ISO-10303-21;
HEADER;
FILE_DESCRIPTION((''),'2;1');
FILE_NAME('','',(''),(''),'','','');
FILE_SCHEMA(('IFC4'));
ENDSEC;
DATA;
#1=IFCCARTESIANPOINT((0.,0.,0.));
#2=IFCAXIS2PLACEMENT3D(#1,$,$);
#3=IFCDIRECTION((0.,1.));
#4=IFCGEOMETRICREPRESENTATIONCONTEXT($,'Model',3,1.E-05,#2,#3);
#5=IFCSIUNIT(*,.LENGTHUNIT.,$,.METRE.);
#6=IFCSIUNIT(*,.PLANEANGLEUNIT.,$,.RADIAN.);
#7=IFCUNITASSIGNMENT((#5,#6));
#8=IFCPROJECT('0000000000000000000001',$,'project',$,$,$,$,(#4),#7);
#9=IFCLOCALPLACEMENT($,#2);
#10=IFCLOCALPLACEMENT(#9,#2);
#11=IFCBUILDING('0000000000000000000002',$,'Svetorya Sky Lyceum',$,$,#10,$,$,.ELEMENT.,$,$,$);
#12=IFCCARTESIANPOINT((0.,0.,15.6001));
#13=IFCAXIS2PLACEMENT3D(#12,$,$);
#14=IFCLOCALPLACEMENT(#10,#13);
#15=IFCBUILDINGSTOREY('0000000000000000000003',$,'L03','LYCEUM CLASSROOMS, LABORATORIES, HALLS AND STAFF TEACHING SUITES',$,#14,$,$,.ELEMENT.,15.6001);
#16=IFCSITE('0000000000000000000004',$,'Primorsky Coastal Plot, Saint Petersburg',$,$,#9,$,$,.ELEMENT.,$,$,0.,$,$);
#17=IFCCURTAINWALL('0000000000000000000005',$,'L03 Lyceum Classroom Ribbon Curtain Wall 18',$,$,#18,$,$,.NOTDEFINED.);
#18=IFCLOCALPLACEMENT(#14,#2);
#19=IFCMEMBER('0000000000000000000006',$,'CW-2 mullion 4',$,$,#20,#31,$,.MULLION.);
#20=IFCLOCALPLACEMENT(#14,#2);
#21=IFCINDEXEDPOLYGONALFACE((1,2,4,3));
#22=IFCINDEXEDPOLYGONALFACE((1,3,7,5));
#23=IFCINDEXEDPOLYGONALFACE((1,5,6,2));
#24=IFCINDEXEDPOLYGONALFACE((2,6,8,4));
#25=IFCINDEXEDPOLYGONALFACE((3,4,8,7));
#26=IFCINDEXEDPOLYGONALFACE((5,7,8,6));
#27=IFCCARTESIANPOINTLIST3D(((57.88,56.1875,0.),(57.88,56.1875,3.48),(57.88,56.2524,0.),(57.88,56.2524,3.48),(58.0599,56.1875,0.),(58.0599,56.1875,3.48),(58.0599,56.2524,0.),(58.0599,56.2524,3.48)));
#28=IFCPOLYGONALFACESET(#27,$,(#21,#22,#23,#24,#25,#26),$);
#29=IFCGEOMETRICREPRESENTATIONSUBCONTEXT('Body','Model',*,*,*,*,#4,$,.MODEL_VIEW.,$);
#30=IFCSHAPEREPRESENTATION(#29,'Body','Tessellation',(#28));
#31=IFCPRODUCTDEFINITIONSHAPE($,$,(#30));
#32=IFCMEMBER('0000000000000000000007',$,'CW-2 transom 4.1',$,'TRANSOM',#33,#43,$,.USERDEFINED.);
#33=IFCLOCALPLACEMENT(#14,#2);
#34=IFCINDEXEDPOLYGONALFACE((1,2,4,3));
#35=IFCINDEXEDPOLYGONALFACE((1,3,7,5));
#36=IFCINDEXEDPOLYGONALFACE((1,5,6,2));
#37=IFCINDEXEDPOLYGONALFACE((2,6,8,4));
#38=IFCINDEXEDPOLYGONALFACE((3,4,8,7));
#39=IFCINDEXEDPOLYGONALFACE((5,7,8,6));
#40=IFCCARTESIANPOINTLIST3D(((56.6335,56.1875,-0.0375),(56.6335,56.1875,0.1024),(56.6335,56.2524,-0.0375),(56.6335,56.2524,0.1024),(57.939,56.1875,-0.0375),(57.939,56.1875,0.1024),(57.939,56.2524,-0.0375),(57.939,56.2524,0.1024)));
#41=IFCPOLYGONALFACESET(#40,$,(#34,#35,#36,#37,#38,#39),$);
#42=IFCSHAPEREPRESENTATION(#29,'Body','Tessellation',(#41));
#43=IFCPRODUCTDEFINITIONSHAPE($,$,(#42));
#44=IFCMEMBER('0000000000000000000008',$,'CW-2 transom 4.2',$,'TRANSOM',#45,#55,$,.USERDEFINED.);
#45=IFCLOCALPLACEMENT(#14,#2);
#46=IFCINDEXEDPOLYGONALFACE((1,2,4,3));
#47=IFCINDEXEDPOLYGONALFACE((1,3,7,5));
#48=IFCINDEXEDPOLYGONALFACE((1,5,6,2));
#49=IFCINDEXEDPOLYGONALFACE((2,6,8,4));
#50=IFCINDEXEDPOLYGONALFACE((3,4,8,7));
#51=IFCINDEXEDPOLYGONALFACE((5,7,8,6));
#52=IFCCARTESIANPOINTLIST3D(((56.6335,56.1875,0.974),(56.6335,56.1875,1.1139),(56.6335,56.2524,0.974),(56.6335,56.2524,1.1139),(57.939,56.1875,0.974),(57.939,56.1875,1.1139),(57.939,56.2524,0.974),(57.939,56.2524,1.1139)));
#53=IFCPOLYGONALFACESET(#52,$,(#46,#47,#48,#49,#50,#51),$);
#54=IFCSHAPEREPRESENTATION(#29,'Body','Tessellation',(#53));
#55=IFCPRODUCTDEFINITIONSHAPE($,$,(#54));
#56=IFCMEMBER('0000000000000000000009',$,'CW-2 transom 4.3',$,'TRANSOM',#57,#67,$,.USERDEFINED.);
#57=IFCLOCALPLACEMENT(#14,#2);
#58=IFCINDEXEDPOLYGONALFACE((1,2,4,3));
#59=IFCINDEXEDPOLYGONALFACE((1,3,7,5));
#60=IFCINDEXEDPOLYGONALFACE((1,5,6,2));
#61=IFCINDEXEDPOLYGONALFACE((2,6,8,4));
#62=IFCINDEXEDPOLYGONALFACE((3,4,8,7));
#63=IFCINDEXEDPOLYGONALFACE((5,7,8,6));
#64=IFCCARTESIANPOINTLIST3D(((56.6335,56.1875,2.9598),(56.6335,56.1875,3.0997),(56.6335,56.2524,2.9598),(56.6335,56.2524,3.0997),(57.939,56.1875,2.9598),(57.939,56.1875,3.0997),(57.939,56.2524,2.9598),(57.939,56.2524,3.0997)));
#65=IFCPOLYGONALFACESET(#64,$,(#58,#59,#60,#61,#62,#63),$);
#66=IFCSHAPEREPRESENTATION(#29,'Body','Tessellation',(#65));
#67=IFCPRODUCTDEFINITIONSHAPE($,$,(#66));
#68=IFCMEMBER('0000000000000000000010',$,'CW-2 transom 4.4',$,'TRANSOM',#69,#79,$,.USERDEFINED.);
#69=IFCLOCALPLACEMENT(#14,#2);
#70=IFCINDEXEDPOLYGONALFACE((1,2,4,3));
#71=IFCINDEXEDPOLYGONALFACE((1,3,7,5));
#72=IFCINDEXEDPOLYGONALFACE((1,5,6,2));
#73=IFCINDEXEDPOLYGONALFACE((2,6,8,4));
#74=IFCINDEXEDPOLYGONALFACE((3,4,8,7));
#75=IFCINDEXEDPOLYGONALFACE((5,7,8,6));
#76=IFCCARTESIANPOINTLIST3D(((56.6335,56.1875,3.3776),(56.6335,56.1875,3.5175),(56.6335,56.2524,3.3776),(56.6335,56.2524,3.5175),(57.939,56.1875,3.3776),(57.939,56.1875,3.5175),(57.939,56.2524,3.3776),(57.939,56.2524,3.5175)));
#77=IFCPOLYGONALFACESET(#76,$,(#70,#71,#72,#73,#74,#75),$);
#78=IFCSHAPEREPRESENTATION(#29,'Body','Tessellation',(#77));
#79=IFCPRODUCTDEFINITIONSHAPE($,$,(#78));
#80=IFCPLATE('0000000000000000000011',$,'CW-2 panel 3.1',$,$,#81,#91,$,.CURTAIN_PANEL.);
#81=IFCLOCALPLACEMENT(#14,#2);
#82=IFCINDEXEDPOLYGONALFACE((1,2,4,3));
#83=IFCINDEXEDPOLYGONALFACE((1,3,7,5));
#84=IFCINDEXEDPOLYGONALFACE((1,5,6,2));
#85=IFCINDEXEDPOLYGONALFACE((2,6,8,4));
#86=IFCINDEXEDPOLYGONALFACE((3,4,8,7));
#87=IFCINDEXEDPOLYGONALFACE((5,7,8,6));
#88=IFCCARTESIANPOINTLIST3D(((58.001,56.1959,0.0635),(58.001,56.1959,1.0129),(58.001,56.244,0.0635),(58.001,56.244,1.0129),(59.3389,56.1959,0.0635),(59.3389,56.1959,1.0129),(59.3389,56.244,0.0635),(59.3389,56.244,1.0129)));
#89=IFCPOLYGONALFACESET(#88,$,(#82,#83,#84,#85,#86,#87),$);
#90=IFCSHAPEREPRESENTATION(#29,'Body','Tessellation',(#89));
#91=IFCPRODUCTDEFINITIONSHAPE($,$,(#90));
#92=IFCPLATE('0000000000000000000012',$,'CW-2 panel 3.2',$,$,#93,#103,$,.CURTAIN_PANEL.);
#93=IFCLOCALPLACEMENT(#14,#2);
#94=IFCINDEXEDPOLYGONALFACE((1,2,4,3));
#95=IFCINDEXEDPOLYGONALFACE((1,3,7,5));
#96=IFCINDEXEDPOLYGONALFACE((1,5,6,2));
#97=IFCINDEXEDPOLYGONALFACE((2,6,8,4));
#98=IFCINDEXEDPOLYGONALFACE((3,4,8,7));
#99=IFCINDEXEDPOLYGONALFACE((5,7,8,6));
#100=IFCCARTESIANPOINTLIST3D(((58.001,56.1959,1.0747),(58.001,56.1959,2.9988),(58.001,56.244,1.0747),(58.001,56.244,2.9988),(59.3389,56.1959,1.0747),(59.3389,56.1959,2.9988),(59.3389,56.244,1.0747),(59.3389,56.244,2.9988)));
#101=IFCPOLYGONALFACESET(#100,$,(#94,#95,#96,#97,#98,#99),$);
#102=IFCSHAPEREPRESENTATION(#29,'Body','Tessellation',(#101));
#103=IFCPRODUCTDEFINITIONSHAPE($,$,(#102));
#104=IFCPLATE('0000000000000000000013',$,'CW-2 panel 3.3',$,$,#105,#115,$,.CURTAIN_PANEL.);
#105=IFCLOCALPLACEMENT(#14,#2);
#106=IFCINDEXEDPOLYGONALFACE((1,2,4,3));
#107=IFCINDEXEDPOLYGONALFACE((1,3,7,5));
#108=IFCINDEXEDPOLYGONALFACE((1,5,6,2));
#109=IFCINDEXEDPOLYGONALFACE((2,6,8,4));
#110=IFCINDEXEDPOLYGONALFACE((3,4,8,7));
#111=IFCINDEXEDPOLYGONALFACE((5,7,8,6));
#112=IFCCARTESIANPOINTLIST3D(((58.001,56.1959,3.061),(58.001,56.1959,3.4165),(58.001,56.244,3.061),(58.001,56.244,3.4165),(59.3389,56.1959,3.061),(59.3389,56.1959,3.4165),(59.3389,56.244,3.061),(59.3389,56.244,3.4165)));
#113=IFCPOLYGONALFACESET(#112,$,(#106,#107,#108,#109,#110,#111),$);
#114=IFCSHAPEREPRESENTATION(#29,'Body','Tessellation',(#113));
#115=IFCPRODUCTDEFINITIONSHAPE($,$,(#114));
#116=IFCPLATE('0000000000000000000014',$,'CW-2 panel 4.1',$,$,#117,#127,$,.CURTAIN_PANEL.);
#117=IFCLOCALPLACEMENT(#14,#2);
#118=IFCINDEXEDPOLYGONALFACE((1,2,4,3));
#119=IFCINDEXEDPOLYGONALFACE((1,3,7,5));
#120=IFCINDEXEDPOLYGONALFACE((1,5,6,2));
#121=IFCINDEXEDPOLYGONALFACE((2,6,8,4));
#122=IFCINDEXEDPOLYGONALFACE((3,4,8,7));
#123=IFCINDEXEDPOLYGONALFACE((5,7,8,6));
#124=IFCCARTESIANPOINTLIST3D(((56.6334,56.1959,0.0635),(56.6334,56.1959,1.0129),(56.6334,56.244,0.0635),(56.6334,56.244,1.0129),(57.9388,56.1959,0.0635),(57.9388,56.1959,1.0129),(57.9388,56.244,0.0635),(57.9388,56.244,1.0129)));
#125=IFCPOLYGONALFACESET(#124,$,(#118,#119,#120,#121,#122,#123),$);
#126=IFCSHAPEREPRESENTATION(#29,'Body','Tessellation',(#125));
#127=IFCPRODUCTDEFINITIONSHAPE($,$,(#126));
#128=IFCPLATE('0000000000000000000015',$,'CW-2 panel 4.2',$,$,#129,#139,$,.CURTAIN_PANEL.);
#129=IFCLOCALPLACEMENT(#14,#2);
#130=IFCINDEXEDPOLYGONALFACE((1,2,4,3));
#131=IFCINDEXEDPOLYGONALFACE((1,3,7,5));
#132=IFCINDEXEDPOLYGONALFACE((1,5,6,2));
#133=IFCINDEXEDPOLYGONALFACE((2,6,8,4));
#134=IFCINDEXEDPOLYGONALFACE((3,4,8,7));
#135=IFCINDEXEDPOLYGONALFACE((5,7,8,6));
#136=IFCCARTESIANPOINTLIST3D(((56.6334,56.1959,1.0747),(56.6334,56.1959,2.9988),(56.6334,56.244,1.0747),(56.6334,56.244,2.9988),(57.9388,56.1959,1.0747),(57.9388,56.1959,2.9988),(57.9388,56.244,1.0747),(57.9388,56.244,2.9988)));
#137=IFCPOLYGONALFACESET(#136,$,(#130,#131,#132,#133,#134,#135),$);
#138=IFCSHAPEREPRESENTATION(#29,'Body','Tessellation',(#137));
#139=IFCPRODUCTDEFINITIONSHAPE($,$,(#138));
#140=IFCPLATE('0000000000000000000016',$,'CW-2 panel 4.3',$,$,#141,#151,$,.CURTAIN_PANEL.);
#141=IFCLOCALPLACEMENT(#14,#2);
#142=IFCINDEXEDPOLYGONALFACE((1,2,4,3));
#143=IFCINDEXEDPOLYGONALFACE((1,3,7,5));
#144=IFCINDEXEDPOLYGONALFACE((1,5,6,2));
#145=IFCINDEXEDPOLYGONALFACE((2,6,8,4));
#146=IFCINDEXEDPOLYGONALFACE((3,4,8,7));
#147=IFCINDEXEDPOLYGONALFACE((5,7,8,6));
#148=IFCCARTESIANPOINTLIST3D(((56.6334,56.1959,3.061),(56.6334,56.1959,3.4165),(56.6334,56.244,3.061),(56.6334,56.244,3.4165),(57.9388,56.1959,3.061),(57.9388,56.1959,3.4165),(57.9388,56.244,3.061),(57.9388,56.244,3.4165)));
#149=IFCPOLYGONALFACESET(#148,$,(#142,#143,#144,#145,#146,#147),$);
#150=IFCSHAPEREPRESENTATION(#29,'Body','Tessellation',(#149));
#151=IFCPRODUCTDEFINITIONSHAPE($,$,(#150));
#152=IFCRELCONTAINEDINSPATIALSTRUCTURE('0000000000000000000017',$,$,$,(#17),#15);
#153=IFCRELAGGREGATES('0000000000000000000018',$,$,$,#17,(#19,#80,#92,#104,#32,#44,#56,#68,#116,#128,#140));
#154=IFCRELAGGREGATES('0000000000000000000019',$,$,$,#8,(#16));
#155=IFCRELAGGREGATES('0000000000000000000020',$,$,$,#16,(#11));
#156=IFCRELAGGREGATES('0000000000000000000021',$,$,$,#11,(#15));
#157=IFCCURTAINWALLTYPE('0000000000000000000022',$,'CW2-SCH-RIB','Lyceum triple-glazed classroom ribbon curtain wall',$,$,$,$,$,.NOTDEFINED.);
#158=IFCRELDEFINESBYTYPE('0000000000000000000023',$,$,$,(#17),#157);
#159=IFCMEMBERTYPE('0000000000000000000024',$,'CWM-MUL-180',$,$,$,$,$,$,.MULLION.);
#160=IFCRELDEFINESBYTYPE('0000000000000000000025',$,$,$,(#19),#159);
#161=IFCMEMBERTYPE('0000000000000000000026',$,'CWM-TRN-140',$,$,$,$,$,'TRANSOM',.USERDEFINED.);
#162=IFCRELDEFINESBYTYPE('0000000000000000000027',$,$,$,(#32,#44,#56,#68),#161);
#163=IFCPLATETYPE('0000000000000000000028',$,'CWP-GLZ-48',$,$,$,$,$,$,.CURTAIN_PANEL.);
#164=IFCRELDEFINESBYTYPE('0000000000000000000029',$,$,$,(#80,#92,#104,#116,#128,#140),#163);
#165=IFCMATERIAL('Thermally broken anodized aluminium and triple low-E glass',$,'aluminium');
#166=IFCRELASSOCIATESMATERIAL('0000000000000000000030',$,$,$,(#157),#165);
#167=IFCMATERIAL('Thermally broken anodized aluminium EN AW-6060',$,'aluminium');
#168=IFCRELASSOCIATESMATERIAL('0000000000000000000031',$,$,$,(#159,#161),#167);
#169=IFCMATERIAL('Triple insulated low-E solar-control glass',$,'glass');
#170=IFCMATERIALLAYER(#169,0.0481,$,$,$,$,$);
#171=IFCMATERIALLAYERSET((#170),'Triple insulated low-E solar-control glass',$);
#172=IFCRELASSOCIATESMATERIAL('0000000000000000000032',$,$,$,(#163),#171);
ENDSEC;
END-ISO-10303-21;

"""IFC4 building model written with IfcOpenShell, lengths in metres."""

from ifc_helpers import new_model, si_unit, direction, frame, origin, origin_2d, place, context, subcontext, project, spatial, rectangle, extrude, material, layer, layer_set, material_profile, profile_set, type_object, element, aggregate, save


model = new_model("IFC4")

# Units and contexts
model_context = context("Model", 3, precision=1e-05, world=origin(), true_north=direction((0.0, 1.0)))
body_context = subcontext(model_context, "Body", "Model", "MODEL_VIEW")
ifc_project = project(units=[si_unit("LENGTHUNIT", "METRE"), si_unit("PLANEANGLEUNIT", "RADIAN")], contexts=[model_context])

# Site, building, storey
site_placement = place(None, origin())
site = spatial("IfcSite", under=ifc_project, at=site_placement, Name="Primorsky Coastal Plot, Saint Petersburg", CompositionType="ELEMENT", RefElevation=0.0)
building_placement = place(site_placement, origin())
building = spatial("IfcBuilding", under=site, at=building_placement, Name="Svetorya Sky Lyceum", CompositionType="ELEMENT")
storey_placement = place(building_placement, frame((0.0, 0.0, 15.6001)))
storey = spatial("IfcBuildingStorey", under=building, at=storey_placement, Name="L03", Description="LYCEUM CLASSROOMS, LABORATORIES, HALLS AND STAFF TEACHING SUITES", CompositionType="ELEMENT", Elevation=15.6001)

# Curtain wall, members, plates
ifc_material_1 = material(Name="Thermally broken anodized aluminium and triple low-E glass", Category="aluminium")
curtain_wall_type = type_object("IfcCurtainWallType", Name="CW2-SCH-RIB", Description="Lyceum triple-glazed classroom ribbon curtain wall", PredefinedType="NOTDEFINED", material=ifc_material_1)
curtain_wall_placement = place(storey_placement, origin())
curtain_wall = element("IfcCurtainWall", 1, at=curtain_wall_placement, inside=storey, type_object=curtain_wall_type, Name="L03 Lyceum Classroom Ribbon Curtain Wall 18", PredefinedType="NOTDEFINED")
ifc_material_2 = material(Name="Thermally broken anodized aluminium EN AW-6060", Category="aluminium")
ifc_material_profile_1 = material_profile(ifc_material_2, rectangle(XDim=0.0649, YDim=0.1799, at=origin_2d()), Name="ALU MULLION 65x180")
ifc_profile_set_1 = profile_set([ifc_material_profile_1], Name="Thermally broken anodized aluminium EN AW-6060")
member_type_1 = type_object("IfcMemberType", Name="CWM-MUL-180", PredefinedType="MULLION", material=ifc_profile_set_1)
member_1_placement = place(storey_placement, frame((57.97, 56.22, 0.0), z_axis=(0.0, 0.0, 1.0), x_axis=(0.0, -1.0, 0.0)))
member_1 = element("IfcMember", 2, at=member_1_placement, type_object=member_type_1, Name="CW-2 mullion 4", PredefinedType="MULLION", context=body_context, shape_type="SweptSolid", body=[
    extrude(rectangle(XDim=0.0649, YDim=0.1799, at=origin_2d()), origin(), (0.0, 0.0, 1.0), 3.48),
])
ifc_material_profile_2 = material_profile(ifc_material_2, rectangle(XDim=0.0649, YDim=0.1399, at=origin_2d()), Name="ALU TRANSOM 65x140")
ifc_profile_set_2 = profile_set([ifc_material_profile_2], Name="Thermally broken anodized aluminium EN AW-6060")
member_type_2 = type_object("IfcMemberType", Name="CWM-TRN-140", ElementType="TRANSOM", PredefinedType="USERDEFINED", material=ifc_profile_set_2)
member_2_placement = place(storey_placement, frame((57.939, 56.22, 0.0325), z_axis=(-1.0, 0.0, 0.0), x_axis=(0.0, -1.0, 0.0)))
member_2 = element("IfcMember", 3, at=member_2_placement, type_object=member_type_2, Name="CW-2 transom 4.1", ObjectType="TRANSOM", PredefinedType="USERDEFINED", context=body_context, shape_type="SweptSolid", body=[
    extrude(rectangle(XDim=0.0649, YDim=0.1399, at=origin_2d()), origin(), (0.0, 0.0, 1.0), 1.3054),
])
member_3_placement = place(storey_placement, frame((57.939, 56.22, 1.0439), z_axis=(-1.0, 0.0, 0.0), x_axis=(0.0, -1.0, 0.0)))
member_3 = element("IfcMember", 4, at=member_3_placement, type_object=member_type_2, Name="CW-2 transom 4.2", ObjectType="TRANSOM", PredefinedType="USERDEFINED", context=body_context, shape_type="SweptSolid", body=[
    extrude(rectangle(XDim=0.0649, YDim=0.1399, at=origin_2d()), origin(), (0.0, 0.0, 1.0), 1.3054),
])
member_4_placement = place(storey_placement, frame((57.939, 56.22, 3.0298), z_axis=(-1.0, 0.0, 0.0), x_axis=(0.0, -1.0, 0.0)))
member_4 = element("IfcMember", 5, at=member_4_placement, type_object=member_type_2, Name="CW-2 transom 4.3", ObjectType="TRANSOM", PredefinedType="USERDEFINED", context=body_context, shape_type="SweptSolid", body=[
    extrude(rectangle(XDim=0.0649, YDim=0.1399, at=origin_2d()), origin(), (0.0, 0.0, 1.0), 1.3054),
])
member_5_placement = place(storey_placement, frame((57.939, 56.22, 3.4475), z_axis=(-1.0, 0.0, 0.0), x_axis=(0.0, -1.0, 0.0)))
member_5 = element("IfcMember", 6, at=member_5_placement, type_object=member_type_2, Name="CW-2 transom 4.4", ObjectType="TRANSOM", PredefinedType="USERDEFINED", context=body_context, shape_type="SweptSolid", body=[
    extrude(rectangle(XDim=0.0649, YDim=0.1399, at=origin_2d()), origin(), (0.0, 0.0, 1.0), 1.3054),
])
ifc_material_3 = material(Name="Triple insulated low-E solar-control glass", Category="glass")
ifc_layer = layer(ifc_material_3, 0.0481)
ifc_layer_set = layer_set([ifc_layer], Name="Triple insulated low-E solar-control glass")
plate_type = type_object("IfcPlateType", Name="CWP-GLZ-48", PredefinedType="CURTAIN_PANEL", material=ifc_layer_set)
plate_1_placement = place(storey_placement, frame((58.6699, 56.22, 0.0635), z_axis=(0.0, 0.0, 1.0), x_axis=(-1.0, 0.0, 0.0)))
plate_1 = element("IfcPlate", 7, at=plate_1_placement, type_object=plate_type, Name="CW-2 panel 3.1", PredefinedType="CURTAIN_PANEL", context=body_context, shape_type="SweptSolid", body=[
    extrude(rectangle(XDim=1.3379, YDim=0.0481, at=origin_2d()), origin(), (0.0, 0.0, 1.0), 0.9495),
])
plate_2_placement = place(storey_placement, frame((58.6699, 56.22, 1.0747), z_axis=(0.0, 0.0, 1.0), x_axis=(-1.0, 0.0, 0.0)))
plate_2 = element("IfcPlate", 8, at=plate_2_placement, type_object=plate_type, Name="CW-2 panel 3.2", PredefinedType="CURTAIN_PANEL", context=body_context, shape_type="SweptSolid", body=[
    extrude(rectangle(XDim=1.3379, YDim=0.0481, at=origin_2d()), origin(), (0.0, 0.0, 1.0), 1.9241),
])
plate_3_placement = place(storey_placement, frame((58.6699, 56.22, 3.061), z_axis=(0.0, 0.0, 1.0), x_axis=(-1.0, 0.0, 0.0)))
plate_3 = element("IfcPlate", 9, at=plate_3_placement, type_object=plate_type, Name="CW-2 panel 3.3", PredefinedType="CURTAIN_PANEL", context=body_context, shape_type="SweptSolid", body=[
    extrude(rectangle(XDim=1.3379, YDim=0.0481, at=origin_2d()), origin(), (0.0, 0.0, 1.0), 0.3555),
])
plate_4_placement = place(storey_placement, frame((57.2861, 56.22, 0.0635), z_axis=(0.0, 0.0, 1.0), x_axis=(-1.0, 0.0, 0.0)))
plate_4 = element("IfcPlate", 10, at=plate_4_placement, type_object=plate_type, Name="CW-2 panel 4.1", PredefinedType="CURTAIN_PANEL", context=body_context, shape_type="SweptSolid", body=[
    extrude(rectangle(XDim=1.3054, YDim=0.0481, at=origin_2d()), origin(), (0.0, 0.0, 1.0), 0.9495),
])
plate_5_placement = place(storey_placement, frame((57.2861, 56.22, 1.0747), z_axis=(0.0, 0.0, 1.0), x_axis=(-1.0, 0.0, 0.0)))
plate_5 = element("IfcPlate", 11, at=plate_5_placement, type_object=plate_type, Name="CW-2 panel 4.2", PredefinedType="CURTAIN_PANEL", context=body_context, shape_type="SweptSolid", body=[
    extrude(rectangle(XDim=1.3054, YDim=0.0481, at=origin_2d()), origin(), (0.0, 0.0, 1.0), 1.9241),
])
plate_6_placement = place(storey_placement, frame((57.2861, 56.22, 3.061), z_axis=(0.0, 0.0, 1.0), x_axis=(-1.0, 0.0, 0.0)))
plate_6 = element("IfcPlate", 12, at=plate_6_placement, type_object=plate_type, Name="CW-2 panel 4.3", PredefinedType="CURTAIN_PANEL", context=body_context, shape_type="SweptSolid", body=[
    extrude(rectangle(XDim=1.3054, YDim=0.0481, at=origin_2d()), origin(), (0.0, 0.0, 1.0), 0.3555),
])
aggregate(curtain_wall, [member_1, plate_1, plate_2, plate_3, member_2, member_3, member_4, member_5, plate_4, plate_5, plate_6])

save(model, "model.ifc")
